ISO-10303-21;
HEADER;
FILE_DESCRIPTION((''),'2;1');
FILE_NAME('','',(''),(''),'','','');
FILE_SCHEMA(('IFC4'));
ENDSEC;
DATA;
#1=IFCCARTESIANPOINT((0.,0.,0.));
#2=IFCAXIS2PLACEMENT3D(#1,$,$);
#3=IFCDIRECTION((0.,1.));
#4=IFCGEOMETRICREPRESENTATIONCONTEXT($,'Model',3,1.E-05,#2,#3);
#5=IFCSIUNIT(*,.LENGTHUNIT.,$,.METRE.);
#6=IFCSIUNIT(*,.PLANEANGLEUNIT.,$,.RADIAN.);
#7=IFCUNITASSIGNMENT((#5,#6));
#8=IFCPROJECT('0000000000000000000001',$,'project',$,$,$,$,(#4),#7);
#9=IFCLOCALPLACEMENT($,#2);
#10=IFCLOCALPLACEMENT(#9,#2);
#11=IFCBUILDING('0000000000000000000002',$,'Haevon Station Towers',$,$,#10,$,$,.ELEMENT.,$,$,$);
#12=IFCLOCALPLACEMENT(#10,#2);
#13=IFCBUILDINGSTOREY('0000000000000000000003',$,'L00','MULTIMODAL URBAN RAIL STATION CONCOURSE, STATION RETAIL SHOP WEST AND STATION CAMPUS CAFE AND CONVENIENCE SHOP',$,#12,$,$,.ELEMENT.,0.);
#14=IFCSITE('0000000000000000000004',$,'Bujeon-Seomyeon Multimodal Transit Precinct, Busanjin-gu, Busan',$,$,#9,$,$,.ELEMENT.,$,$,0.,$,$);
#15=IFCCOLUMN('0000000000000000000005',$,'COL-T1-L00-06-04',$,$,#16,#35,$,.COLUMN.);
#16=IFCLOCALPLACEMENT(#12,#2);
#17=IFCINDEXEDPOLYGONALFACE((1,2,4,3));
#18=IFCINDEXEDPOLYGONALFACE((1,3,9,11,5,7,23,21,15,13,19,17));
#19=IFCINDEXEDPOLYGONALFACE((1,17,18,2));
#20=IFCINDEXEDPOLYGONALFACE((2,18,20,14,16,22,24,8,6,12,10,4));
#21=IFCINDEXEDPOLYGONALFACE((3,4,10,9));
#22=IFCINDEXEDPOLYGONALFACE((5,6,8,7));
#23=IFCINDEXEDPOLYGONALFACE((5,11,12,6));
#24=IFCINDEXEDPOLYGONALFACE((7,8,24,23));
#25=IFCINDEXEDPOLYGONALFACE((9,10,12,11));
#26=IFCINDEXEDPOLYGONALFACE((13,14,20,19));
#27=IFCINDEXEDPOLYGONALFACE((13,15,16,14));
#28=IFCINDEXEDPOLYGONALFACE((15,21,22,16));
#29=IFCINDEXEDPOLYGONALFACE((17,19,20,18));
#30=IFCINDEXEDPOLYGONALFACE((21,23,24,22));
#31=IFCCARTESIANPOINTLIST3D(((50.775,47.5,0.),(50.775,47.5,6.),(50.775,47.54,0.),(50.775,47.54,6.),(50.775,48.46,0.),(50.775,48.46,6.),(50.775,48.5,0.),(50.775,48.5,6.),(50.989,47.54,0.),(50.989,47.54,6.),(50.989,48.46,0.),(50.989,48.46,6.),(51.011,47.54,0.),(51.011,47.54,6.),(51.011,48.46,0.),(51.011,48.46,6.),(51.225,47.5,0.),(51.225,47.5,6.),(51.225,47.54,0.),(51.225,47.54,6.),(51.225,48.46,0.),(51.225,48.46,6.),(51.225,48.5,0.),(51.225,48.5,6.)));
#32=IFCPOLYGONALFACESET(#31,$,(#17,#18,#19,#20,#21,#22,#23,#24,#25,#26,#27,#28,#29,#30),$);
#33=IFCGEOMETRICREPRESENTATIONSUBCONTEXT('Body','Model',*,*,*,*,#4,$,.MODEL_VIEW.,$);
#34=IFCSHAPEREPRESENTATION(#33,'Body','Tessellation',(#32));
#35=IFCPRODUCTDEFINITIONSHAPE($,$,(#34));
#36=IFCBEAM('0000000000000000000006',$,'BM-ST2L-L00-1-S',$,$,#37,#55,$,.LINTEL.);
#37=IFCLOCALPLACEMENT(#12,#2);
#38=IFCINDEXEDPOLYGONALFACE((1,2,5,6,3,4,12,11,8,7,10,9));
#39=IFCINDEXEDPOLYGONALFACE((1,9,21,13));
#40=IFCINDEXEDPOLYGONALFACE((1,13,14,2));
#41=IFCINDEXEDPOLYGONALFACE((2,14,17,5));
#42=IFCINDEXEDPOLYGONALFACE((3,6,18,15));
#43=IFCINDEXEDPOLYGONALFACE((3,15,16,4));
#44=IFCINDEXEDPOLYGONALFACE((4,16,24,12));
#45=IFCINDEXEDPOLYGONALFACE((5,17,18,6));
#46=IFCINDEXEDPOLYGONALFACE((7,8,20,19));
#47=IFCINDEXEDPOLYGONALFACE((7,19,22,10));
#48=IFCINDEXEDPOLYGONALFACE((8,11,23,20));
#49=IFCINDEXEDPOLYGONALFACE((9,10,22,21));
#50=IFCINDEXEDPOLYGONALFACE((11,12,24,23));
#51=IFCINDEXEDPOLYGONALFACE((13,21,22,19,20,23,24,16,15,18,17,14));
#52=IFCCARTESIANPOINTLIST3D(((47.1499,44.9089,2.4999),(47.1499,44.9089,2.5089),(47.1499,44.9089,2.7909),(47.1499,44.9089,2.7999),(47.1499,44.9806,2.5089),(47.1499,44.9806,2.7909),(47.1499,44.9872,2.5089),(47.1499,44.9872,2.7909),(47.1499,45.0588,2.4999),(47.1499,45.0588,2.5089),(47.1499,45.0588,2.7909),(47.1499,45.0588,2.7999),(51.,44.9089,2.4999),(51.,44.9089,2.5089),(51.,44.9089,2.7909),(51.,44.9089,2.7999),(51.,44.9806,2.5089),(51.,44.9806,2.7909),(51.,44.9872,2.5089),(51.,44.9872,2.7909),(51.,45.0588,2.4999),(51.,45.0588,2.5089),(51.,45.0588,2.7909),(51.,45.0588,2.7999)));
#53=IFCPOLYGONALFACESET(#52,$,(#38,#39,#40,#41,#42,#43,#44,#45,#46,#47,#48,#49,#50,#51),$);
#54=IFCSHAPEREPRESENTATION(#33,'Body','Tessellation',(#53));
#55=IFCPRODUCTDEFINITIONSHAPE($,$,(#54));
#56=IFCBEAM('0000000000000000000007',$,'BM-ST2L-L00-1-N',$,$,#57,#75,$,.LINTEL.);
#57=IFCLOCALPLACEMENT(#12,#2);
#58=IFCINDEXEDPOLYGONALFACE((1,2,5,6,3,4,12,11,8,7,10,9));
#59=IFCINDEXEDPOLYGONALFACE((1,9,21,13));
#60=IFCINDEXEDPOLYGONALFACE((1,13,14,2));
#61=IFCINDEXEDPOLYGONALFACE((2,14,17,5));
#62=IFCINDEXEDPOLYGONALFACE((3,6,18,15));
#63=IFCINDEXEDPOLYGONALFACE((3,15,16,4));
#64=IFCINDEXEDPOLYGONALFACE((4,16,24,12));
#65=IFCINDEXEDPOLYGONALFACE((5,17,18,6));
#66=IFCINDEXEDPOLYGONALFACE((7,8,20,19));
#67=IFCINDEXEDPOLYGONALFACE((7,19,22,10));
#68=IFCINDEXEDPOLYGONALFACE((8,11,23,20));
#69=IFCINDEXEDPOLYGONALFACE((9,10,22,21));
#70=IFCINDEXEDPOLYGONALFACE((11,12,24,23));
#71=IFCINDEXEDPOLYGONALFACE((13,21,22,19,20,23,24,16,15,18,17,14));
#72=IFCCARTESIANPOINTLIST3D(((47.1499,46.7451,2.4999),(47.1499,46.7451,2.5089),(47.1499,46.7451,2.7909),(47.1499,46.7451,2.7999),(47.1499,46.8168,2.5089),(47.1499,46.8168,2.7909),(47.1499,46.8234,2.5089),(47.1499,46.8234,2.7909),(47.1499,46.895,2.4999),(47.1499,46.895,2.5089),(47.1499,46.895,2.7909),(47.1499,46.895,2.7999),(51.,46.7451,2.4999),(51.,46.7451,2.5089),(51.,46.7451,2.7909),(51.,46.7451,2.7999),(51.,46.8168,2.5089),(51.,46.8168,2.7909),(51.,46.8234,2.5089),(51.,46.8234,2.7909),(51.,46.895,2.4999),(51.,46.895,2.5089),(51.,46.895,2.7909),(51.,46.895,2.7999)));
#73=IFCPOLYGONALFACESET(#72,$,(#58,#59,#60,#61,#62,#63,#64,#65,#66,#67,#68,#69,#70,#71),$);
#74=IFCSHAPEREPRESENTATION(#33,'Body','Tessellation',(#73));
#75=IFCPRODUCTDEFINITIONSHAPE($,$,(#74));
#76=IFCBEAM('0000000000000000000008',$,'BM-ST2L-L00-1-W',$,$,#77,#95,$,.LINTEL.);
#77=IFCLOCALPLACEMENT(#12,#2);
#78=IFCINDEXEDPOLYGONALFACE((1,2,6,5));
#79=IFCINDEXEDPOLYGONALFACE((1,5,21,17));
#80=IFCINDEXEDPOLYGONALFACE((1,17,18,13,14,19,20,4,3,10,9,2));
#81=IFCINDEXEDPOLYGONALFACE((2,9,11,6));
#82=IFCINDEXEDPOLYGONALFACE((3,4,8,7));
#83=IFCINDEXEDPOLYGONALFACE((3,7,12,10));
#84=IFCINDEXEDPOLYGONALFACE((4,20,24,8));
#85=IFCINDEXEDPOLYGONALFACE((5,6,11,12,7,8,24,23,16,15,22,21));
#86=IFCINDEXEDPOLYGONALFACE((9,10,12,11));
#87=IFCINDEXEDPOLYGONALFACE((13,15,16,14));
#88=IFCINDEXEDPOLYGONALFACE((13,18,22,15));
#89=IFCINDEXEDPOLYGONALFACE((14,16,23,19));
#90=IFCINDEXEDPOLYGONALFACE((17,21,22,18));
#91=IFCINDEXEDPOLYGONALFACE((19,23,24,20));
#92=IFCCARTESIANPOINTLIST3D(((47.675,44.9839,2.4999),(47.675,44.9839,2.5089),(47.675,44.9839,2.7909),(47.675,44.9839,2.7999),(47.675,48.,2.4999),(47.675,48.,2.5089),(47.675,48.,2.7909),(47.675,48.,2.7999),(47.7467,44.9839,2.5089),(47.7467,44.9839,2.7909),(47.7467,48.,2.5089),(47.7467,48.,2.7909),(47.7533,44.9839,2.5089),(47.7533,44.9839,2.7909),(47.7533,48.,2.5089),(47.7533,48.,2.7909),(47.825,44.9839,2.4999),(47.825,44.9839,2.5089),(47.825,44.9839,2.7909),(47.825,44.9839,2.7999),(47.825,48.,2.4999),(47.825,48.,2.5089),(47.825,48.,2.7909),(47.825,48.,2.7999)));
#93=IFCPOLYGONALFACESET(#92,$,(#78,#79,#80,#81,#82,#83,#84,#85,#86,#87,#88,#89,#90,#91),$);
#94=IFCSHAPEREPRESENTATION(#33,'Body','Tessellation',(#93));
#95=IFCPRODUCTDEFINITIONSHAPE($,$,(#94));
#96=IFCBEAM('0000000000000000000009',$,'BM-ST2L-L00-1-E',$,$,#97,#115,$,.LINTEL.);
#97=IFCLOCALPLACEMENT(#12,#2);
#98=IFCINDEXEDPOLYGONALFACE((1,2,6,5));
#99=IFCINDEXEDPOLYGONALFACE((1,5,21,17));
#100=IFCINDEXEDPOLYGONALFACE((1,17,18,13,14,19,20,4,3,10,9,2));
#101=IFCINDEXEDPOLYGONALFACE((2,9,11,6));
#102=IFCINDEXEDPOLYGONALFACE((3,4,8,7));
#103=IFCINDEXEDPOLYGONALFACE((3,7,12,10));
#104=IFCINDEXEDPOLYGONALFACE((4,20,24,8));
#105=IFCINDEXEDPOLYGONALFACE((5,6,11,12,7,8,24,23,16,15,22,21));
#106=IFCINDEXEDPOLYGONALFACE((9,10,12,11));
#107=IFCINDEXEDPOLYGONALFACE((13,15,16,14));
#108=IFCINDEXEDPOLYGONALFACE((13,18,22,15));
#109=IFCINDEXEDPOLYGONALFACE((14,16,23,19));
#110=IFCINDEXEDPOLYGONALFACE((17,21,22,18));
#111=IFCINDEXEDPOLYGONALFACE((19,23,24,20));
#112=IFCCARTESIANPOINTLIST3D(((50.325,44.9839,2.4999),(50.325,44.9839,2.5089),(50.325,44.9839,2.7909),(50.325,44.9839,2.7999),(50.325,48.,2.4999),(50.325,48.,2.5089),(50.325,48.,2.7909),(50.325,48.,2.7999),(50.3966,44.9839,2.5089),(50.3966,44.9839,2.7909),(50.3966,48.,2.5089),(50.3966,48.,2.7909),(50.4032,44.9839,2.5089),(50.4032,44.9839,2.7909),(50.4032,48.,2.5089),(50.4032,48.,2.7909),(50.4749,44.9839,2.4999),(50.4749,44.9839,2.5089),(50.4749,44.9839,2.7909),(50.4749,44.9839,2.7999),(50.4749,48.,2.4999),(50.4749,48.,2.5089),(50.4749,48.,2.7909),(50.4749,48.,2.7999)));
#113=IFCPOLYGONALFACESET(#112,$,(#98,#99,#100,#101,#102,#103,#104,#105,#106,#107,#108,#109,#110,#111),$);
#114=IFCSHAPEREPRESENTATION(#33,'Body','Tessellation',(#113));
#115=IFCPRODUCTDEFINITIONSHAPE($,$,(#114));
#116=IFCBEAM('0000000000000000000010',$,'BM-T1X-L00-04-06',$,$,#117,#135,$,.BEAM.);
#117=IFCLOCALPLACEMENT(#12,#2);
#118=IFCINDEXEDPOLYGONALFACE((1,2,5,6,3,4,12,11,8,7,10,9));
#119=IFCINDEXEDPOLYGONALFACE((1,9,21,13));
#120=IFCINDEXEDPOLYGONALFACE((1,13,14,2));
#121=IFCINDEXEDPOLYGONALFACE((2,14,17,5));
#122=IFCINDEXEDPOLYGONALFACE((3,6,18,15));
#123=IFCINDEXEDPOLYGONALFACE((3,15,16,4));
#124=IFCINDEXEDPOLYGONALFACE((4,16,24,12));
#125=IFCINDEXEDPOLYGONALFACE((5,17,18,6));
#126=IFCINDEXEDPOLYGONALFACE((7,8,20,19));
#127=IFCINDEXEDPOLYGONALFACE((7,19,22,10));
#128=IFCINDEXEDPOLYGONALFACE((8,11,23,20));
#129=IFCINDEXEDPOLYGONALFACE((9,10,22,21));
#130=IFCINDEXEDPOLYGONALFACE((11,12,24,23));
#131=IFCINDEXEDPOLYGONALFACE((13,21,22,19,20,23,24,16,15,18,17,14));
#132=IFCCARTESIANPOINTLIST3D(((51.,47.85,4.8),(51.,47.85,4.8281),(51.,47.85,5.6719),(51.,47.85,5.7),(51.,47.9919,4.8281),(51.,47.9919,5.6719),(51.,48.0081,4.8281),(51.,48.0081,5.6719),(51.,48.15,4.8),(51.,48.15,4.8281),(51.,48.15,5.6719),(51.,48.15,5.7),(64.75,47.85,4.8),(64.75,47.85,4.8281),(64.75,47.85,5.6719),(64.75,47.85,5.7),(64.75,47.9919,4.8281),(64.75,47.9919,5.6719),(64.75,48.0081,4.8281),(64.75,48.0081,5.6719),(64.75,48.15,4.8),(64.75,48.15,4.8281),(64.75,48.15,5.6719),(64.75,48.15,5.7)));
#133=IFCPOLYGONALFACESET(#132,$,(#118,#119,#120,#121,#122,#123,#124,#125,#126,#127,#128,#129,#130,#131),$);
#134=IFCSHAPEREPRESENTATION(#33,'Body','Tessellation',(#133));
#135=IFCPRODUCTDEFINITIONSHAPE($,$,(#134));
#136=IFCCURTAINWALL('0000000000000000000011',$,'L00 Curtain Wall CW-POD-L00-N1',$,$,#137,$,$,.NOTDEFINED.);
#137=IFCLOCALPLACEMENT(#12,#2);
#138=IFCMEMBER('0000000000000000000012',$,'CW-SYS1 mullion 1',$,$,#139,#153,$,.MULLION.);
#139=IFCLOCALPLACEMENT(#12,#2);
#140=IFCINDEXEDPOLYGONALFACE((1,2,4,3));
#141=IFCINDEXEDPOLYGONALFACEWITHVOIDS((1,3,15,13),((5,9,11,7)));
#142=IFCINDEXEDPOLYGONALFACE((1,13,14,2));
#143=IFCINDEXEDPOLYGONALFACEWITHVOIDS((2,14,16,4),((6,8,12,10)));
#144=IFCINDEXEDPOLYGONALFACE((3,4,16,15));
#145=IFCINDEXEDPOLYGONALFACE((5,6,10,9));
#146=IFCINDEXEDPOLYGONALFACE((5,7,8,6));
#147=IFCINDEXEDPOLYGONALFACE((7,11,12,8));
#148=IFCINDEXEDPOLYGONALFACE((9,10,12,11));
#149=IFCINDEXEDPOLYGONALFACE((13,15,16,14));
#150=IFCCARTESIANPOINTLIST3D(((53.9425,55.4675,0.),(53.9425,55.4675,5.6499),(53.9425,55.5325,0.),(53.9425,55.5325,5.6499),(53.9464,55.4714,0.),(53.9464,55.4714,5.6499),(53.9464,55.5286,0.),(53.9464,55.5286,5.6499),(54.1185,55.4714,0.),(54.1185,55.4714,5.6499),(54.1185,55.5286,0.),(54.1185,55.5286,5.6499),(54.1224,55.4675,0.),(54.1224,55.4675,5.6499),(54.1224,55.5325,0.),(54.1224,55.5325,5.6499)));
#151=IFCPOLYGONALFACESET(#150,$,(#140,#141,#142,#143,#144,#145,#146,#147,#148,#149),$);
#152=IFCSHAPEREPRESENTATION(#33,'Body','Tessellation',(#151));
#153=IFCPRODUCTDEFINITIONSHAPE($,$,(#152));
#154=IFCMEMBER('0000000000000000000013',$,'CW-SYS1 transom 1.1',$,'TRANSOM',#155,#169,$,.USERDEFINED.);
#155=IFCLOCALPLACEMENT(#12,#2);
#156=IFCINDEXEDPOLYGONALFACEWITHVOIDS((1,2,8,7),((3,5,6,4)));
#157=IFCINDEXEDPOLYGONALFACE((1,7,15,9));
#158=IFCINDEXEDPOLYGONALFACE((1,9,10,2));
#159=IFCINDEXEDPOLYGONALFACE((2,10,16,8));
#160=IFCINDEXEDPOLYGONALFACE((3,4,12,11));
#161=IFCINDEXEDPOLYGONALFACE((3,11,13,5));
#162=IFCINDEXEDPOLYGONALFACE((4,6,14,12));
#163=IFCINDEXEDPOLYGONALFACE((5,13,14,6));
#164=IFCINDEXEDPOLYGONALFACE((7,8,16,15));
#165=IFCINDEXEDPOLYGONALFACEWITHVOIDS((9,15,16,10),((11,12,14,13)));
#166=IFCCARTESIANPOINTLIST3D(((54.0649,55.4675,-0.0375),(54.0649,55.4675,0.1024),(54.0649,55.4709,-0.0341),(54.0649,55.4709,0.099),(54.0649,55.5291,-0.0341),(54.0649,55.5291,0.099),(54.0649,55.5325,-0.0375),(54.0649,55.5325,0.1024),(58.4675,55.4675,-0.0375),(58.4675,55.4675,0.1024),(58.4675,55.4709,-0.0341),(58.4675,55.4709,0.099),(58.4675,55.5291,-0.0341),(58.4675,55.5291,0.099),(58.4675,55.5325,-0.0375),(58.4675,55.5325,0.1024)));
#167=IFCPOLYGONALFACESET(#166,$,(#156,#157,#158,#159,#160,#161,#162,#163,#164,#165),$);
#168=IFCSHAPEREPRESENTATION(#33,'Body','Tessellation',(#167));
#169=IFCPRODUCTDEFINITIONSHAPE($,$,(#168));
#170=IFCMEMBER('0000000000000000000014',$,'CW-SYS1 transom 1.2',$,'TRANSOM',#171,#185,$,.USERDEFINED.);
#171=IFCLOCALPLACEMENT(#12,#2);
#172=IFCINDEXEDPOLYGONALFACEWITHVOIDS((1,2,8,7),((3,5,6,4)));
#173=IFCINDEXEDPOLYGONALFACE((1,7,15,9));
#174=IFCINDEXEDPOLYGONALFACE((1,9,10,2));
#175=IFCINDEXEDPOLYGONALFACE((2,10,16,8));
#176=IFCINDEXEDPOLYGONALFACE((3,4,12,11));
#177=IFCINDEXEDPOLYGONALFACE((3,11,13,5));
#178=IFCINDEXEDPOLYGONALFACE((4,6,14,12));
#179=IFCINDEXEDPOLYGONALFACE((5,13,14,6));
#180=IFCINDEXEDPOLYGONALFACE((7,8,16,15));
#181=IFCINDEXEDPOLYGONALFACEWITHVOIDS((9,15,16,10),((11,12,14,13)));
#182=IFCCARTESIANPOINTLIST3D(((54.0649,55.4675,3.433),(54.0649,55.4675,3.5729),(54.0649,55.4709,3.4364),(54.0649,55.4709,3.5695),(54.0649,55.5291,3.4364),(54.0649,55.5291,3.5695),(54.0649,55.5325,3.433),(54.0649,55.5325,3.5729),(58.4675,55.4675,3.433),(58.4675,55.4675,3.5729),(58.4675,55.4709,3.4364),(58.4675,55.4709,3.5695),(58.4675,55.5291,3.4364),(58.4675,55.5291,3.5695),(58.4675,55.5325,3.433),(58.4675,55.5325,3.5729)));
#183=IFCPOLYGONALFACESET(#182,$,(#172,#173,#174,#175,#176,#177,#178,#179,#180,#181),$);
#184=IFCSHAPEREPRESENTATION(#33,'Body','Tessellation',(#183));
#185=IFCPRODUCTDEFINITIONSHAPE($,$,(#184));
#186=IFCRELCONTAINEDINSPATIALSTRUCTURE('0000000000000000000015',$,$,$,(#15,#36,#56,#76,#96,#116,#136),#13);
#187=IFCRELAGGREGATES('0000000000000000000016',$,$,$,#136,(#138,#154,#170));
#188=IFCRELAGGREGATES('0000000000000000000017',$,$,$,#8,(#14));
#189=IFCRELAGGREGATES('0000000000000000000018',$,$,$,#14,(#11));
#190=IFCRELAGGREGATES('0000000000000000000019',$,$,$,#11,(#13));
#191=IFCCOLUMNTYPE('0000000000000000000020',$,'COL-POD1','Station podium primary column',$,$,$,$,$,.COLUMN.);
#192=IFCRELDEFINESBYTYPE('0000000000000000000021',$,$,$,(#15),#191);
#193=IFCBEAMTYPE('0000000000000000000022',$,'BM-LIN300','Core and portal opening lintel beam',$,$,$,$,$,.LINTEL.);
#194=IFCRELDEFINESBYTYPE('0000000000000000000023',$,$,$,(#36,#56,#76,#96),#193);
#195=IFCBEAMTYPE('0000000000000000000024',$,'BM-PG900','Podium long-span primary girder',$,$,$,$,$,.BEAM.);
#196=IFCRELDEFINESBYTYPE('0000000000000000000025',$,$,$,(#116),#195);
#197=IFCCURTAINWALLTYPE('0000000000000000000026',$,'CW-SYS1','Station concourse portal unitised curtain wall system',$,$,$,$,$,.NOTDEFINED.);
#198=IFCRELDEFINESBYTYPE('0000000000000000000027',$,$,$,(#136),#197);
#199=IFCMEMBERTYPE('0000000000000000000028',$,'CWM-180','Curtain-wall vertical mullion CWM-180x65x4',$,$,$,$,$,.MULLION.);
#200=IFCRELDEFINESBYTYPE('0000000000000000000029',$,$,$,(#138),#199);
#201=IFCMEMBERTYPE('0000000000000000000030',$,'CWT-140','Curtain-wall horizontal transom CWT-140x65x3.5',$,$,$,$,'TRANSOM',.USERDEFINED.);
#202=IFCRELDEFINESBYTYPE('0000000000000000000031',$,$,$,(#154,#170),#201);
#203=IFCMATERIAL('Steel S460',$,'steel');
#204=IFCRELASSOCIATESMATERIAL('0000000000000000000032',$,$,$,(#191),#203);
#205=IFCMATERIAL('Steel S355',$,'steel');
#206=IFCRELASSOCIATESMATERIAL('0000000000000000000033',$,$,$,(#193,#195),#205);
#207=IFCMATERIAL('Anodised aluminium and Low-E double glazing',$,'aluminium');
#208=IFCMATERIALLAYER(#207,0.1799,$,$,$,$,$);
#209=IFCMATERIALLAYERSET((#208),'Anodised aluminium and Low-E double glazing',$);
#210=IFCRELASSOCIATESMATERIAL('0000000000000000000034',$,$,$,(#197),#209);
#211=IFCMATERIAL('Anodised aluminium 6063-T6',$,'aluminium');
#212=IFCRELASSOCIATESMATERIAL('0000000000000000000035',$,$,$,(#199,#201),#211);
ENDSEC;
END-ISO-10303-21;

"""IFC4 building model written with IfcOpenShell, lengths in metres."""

from ifc_helpers import new_model, si_unit, direction, frame, origin, origin_2d, place, context, subcontext, project, spatial, hollow_rectangle, i_section, extrude, material, layer, layer_set, material_profile, profile_set, type_object, element, aggregate, save


model = new_model("IFC4")

# Units and contexts
model_context = context("Model", 3, precision=1e-05, world=origin(), true_north=direction((0.0, 1.0)))
body_context = subcontext(model_context, "Body", "Model", "MODEL_VIEW")
ifc_project = project(units=[si_unit("LENGTHUNIT", "METRE"), si_unit("PLANEANGLEUNIT", "RADIAN")], contexts=[model_context])

# Site, building, storey
site_placement = place(None, origin())
site = spatial("IfcSite", under=ifc_project, at=site_placement, Name="Bujeon-Seomyeon Multimodal Transit Precinct, Busanjin-gu, Busan", CompositionType="ELEMENT", RefElevation=0.0)
building_placement = place(site_placement, origin())
building = spatial("IfcBuilding", under=site, at=building_placement, Name="Haevon Station Towers", CompositionType="ELEMENT")
storey_placement = place(building_placement, origin())
storey = spatial("IfcBuildingStorey", under=building, at=storey_placement, Name="L00", Description="MULTIMODAL URBAN RAIL STATION CONCOURSE, STATION RETAIL SHOP WEST AND STATION CAMPUS CAFE AND CONVENIENCE SHOP", CompositionType="ELEMENT", Elevation=0.0)

# Column
ifc_material_1 = material(Name="Steel S460", Category="steel")
ifc_material_profile_1 = material_profile(ifc_material_1, i_section(OverallWidth=0.45, OverallDepth=1.0, WebThickness=0.022, FlangeThickness=0.04, at=origin_2d()), Name="H-1000x450x22x40")
ifc_profile_set_1 = profile_set([ifc_material_profile_1], Name="Steel S460")
column_type = type_object("IfcColumnType", Name="COL-POD1", Description="Station podium primary column", PredefinedType="COLUMN", material=ifc_profile_set_1)
column_placement = place(storey_placement, frame((51.0, 48.0, 0.0), z_axis=(0.0, 0.0, 1.0), x_axis=(1.0, 0.0, 0.0)))
element("IfcColumn", 1, at=column_placement, inside=storey, type_object=column_type, Name="COL-T1-L00-06-04", PredefinedType="COLUMN", context=body_context, shape_type="SweptSolid", body=[
    extrude(i_section(OverallWidth=0.45, OverallDepth=1.0, WebThickness=0.022, FlangeThickness=0.04, at=origin_2d()), origin(), (0.0, 0.0, 1.0), 6.0),
])

# Beams
ifc_material_2 = material(Name="Steel S355", Category="steel")
ifc_material_profile_2 = material_profile(ifc_material_2, i_section(OverallWidth=0.1499, OverallDepth=0.3, WebThickness=0.0066, FlangeThickness=0.009, at=origin_2d()), Name="H-300x150x6.5x9")
ifc_profile_set_2 = profile_set([ifc_material_profile_2], Name="Steel S355")
beam_type_1 = type_object("IfcBeamType", Name="BM-LIN300", Description="Core and portal opening lintel beam", PredefinedType="LINTEL", material=ifc_profile_set_2)
for number, where, z_axis, x_axis, name in (
    (2, (47.1499, 44.9839, 2.6499), (1.0, 0.0, 0.0), (0.0, 1.0, 0.0), "BM-ST2L-L00-1-S"),
    (3, (47.1499, 46.8201, 2.6499), (1.0, 0.0, 0.0), (0.0, 1.0, 0.0), "BM-ST2L-L00-1-N"),
):
    element("IfcBeam", number, at=place(storey_placement, frame(where, z_axis=z_axis, x_axis=x_axis)), inside=storey, type_object=beam_type_1, Name=name, PredefinedType="LINTEL", context=body_context, shape_type="SweptSolid", body=[
        extrude(i_section(OverallWidth=0.1499, OverallDepth=0.3, WebThickness=0.0066, FlangeThickness=0.009, at=origin_2d()), origin(), (0.0, 0.0, 1.0), 3.8501),
    ])
for number, where, z_axis, x_axis, name in (
    (4, (47.75, 44.9839, 2.6499), (0.0, 1.0, 0.0), (-1.0, 0.0, 0.0), "BM-ST2L-L00-1-W"),
    (5, (50.3999, 44.9839, 2.6499), (0.0, 1.0, 0.0), (-1.0, 0.0, 0.0), "BM-ST2L-L00-1-E"),
):
    element("IfcBeam", number, at=place(storey_placement, frame(where, z_axis=z_axis, x_axis=x_axis)), inside=storey, type_object=beam_type_1, Name=name, PredefinedType="LINTEL", context=body_context, shape_type="SweptSolid", body=[
        extrude(i_section(OverallWidth=0.1499, OverallDepth=0.3, WebThickness=0.0066, FlangeThickness=0.009, at=origin_2d()), origin(), (0.0, 0.0, 1.0), 3.0161),
    ])
ifc_material_profile_3 = material_profile(ifc_material_2, i_section(OverallWidth=0.3, OverallDepth=0.8999, WebThickness=0.0161, FlangeThickness=0.0281, at=origin_2d()), Name="H-900x300x16x28")
ifc_profile_set_3 = profile_set([ifc_material_profile_3], Name="Steel S355")
beam_type_2 = type_object("IfcBeamType", Name="BM-PG900", Description="Podium long-span primary girder", PredefinedType="BEAM", material=ifc_profile_set_3)
beam_placement = place(storey_placement, frame((51.0, 48.0, 5.25), z_axis=(1.0, 0.0, 0.0), x_axis=(0.0, 1.0, 0.0)))
element("IfcBeam", 6, at=beam_placement, inside=storey, type_object=beam_type_2, Name="BM-T1X-L00-04-06", PredefinedType="BEAM", context=body_context, shape_type="SweptSolid", body=[
    extrude(i_section(OverallWidth=0.3, OverallDepth=0.8999, WebThickness=0.0161, FlangeThickness=0.0281, at=origin_2d()), origin(), (0.0, 0.0, 1.0), 13.75),
])

# Curtain wall, members
ifc_material_3 = material(Name="Anodised aluminium and Low-E double glazing", Category="aluminium")
ifc_layer_1 = layer(ifc_material_3, 0.1799)
ifc_layer_set_1 = layer_set([ifc_layer_1], Name="Anodised aluminium and Low-E double glazing")
curtain_wall_type = type_object("IfcCurtainWallType", Name="CW-SYS1", Description="Station concourse portal unitised curtain wall system", PredefinedType="NOTDEFINED", material=ifc_layer_set_1)
curtain_wall_placement = place(storey_placement, origin())
curtain_wall = element("IfcCurtainWall", 7, at=curtain_wall_placement, inside=storey, type_object=curtain_wall_type, Name="L00 Curtain Wall CW-POD-L00-N1", PredefinedType="NOTDEFINED")
ifc_material_4 = material(Name="Anodised aluminium 6063-T6", Category="aluminium")
ifc_material_profile_4 = material_profile(ifc_material_4, hollow_rectangle(XDim=0.0649, YDim=0.1799, WallThickness=0.0039, at=origin_2d()), Name="CWM-180x65x4")
ifc_profile_set_4 = profile_set([ifc_material_profile_4], Name="Anodised aluminium 6063-T6")
member_type_1 = type_object("IfcMemberType", Name="CWM-180", Description="Curtain-wall vertical mullion CWM-180x65x4", PredefinedType="MULLION", material=ifc_profile_set_4)
member_1_placement = place(storey_placement, frame((54.0325, 55.5, 0.0), z_axis=(0.0, 0.0, 1.0), x_axis=(0.0, 1.0, 0.0)))
member_1 = element("IfcMember", 8, at=member_1_placement, type_object=member_type_1, Name="CW-SYS1 mullion 1", PredefinedType="MULLION", context=body_context, shape_type="SweptSolid", body=[
    extrude(hollow_rectangle(XDim=0.0649, YDim=0.1799, WallThickness=0.0039, at=origin_2d()), origin(), (0.0, 0.0, 1.0), 5.6499),
])
ifc_material_profile_5 = material_profile(ifc_material_4, hollow_rectangle(XDim=0.0649, YDim=0.1399, WallThickness=0.0034, at=origin_2d()), Name="CWT-140x65x3.5")
ifc_profile_set_5 = profile_set([ifc_material_profile_5], Name="Anodised aluminium 6063-T6")
member_type_2 = type_object("IfcMemberType", Name="CWT-140", Description="Curtain-wall horizontal transom CWT-140x65x3.5", ElementType="TRANSOM", PredefinedType="USERDEFINED", material=ifc_profile_set_5)
member_2_placement = place(storey_placement, frame((54.0649, 55.5, 0.0325), z_axis=(1.0, 0.0, 0.0), x_axis=(0.0, 1.0, 0.0)))
member_2 = element("IfcMember", 9, at=member_2_placement, type_object=member_type_2, Name="CW-SYS1 transom 1.1", ObjectType="TRANSOM", PredefinedType="USERDEFINED", context=body_context, shape_type="SweptSolid", body=[
    extrude(hollow_rectangle(XDim=0.0649, YDim=0.1399, WallThickness=0.0034, at=origin_2d()), origin(), (0.0, 0.0, 1.0), 4.4026),
])
member_3_placement = place(storey_placement, frame((54.0649, 55.5, 3.5029), z_axis=(1.0, 0.0, 0.0), x_axis=(0.0, 1.0, 0.0)))
member_3 = element("IfcMember", 10, at=member_3_placement, type_object=member_type_2, Name="CW-SYS1 transom 1.2", ObjectType="TRANSOM", PredefinedType="USERDEFINED", context=body_context, shape_type="SweptSolid", body=[
    extrude(hollow_rectangle(XDim=0.0649, YDim=0.1399, WallThickness=0.0034, at=origin_2d()), origin(), (0.0, 0.0, 1.0), 4.4026),
])
aggregate(curtain_wall, [member_1, member_2, member_3])

save(model, "model.ifc")
